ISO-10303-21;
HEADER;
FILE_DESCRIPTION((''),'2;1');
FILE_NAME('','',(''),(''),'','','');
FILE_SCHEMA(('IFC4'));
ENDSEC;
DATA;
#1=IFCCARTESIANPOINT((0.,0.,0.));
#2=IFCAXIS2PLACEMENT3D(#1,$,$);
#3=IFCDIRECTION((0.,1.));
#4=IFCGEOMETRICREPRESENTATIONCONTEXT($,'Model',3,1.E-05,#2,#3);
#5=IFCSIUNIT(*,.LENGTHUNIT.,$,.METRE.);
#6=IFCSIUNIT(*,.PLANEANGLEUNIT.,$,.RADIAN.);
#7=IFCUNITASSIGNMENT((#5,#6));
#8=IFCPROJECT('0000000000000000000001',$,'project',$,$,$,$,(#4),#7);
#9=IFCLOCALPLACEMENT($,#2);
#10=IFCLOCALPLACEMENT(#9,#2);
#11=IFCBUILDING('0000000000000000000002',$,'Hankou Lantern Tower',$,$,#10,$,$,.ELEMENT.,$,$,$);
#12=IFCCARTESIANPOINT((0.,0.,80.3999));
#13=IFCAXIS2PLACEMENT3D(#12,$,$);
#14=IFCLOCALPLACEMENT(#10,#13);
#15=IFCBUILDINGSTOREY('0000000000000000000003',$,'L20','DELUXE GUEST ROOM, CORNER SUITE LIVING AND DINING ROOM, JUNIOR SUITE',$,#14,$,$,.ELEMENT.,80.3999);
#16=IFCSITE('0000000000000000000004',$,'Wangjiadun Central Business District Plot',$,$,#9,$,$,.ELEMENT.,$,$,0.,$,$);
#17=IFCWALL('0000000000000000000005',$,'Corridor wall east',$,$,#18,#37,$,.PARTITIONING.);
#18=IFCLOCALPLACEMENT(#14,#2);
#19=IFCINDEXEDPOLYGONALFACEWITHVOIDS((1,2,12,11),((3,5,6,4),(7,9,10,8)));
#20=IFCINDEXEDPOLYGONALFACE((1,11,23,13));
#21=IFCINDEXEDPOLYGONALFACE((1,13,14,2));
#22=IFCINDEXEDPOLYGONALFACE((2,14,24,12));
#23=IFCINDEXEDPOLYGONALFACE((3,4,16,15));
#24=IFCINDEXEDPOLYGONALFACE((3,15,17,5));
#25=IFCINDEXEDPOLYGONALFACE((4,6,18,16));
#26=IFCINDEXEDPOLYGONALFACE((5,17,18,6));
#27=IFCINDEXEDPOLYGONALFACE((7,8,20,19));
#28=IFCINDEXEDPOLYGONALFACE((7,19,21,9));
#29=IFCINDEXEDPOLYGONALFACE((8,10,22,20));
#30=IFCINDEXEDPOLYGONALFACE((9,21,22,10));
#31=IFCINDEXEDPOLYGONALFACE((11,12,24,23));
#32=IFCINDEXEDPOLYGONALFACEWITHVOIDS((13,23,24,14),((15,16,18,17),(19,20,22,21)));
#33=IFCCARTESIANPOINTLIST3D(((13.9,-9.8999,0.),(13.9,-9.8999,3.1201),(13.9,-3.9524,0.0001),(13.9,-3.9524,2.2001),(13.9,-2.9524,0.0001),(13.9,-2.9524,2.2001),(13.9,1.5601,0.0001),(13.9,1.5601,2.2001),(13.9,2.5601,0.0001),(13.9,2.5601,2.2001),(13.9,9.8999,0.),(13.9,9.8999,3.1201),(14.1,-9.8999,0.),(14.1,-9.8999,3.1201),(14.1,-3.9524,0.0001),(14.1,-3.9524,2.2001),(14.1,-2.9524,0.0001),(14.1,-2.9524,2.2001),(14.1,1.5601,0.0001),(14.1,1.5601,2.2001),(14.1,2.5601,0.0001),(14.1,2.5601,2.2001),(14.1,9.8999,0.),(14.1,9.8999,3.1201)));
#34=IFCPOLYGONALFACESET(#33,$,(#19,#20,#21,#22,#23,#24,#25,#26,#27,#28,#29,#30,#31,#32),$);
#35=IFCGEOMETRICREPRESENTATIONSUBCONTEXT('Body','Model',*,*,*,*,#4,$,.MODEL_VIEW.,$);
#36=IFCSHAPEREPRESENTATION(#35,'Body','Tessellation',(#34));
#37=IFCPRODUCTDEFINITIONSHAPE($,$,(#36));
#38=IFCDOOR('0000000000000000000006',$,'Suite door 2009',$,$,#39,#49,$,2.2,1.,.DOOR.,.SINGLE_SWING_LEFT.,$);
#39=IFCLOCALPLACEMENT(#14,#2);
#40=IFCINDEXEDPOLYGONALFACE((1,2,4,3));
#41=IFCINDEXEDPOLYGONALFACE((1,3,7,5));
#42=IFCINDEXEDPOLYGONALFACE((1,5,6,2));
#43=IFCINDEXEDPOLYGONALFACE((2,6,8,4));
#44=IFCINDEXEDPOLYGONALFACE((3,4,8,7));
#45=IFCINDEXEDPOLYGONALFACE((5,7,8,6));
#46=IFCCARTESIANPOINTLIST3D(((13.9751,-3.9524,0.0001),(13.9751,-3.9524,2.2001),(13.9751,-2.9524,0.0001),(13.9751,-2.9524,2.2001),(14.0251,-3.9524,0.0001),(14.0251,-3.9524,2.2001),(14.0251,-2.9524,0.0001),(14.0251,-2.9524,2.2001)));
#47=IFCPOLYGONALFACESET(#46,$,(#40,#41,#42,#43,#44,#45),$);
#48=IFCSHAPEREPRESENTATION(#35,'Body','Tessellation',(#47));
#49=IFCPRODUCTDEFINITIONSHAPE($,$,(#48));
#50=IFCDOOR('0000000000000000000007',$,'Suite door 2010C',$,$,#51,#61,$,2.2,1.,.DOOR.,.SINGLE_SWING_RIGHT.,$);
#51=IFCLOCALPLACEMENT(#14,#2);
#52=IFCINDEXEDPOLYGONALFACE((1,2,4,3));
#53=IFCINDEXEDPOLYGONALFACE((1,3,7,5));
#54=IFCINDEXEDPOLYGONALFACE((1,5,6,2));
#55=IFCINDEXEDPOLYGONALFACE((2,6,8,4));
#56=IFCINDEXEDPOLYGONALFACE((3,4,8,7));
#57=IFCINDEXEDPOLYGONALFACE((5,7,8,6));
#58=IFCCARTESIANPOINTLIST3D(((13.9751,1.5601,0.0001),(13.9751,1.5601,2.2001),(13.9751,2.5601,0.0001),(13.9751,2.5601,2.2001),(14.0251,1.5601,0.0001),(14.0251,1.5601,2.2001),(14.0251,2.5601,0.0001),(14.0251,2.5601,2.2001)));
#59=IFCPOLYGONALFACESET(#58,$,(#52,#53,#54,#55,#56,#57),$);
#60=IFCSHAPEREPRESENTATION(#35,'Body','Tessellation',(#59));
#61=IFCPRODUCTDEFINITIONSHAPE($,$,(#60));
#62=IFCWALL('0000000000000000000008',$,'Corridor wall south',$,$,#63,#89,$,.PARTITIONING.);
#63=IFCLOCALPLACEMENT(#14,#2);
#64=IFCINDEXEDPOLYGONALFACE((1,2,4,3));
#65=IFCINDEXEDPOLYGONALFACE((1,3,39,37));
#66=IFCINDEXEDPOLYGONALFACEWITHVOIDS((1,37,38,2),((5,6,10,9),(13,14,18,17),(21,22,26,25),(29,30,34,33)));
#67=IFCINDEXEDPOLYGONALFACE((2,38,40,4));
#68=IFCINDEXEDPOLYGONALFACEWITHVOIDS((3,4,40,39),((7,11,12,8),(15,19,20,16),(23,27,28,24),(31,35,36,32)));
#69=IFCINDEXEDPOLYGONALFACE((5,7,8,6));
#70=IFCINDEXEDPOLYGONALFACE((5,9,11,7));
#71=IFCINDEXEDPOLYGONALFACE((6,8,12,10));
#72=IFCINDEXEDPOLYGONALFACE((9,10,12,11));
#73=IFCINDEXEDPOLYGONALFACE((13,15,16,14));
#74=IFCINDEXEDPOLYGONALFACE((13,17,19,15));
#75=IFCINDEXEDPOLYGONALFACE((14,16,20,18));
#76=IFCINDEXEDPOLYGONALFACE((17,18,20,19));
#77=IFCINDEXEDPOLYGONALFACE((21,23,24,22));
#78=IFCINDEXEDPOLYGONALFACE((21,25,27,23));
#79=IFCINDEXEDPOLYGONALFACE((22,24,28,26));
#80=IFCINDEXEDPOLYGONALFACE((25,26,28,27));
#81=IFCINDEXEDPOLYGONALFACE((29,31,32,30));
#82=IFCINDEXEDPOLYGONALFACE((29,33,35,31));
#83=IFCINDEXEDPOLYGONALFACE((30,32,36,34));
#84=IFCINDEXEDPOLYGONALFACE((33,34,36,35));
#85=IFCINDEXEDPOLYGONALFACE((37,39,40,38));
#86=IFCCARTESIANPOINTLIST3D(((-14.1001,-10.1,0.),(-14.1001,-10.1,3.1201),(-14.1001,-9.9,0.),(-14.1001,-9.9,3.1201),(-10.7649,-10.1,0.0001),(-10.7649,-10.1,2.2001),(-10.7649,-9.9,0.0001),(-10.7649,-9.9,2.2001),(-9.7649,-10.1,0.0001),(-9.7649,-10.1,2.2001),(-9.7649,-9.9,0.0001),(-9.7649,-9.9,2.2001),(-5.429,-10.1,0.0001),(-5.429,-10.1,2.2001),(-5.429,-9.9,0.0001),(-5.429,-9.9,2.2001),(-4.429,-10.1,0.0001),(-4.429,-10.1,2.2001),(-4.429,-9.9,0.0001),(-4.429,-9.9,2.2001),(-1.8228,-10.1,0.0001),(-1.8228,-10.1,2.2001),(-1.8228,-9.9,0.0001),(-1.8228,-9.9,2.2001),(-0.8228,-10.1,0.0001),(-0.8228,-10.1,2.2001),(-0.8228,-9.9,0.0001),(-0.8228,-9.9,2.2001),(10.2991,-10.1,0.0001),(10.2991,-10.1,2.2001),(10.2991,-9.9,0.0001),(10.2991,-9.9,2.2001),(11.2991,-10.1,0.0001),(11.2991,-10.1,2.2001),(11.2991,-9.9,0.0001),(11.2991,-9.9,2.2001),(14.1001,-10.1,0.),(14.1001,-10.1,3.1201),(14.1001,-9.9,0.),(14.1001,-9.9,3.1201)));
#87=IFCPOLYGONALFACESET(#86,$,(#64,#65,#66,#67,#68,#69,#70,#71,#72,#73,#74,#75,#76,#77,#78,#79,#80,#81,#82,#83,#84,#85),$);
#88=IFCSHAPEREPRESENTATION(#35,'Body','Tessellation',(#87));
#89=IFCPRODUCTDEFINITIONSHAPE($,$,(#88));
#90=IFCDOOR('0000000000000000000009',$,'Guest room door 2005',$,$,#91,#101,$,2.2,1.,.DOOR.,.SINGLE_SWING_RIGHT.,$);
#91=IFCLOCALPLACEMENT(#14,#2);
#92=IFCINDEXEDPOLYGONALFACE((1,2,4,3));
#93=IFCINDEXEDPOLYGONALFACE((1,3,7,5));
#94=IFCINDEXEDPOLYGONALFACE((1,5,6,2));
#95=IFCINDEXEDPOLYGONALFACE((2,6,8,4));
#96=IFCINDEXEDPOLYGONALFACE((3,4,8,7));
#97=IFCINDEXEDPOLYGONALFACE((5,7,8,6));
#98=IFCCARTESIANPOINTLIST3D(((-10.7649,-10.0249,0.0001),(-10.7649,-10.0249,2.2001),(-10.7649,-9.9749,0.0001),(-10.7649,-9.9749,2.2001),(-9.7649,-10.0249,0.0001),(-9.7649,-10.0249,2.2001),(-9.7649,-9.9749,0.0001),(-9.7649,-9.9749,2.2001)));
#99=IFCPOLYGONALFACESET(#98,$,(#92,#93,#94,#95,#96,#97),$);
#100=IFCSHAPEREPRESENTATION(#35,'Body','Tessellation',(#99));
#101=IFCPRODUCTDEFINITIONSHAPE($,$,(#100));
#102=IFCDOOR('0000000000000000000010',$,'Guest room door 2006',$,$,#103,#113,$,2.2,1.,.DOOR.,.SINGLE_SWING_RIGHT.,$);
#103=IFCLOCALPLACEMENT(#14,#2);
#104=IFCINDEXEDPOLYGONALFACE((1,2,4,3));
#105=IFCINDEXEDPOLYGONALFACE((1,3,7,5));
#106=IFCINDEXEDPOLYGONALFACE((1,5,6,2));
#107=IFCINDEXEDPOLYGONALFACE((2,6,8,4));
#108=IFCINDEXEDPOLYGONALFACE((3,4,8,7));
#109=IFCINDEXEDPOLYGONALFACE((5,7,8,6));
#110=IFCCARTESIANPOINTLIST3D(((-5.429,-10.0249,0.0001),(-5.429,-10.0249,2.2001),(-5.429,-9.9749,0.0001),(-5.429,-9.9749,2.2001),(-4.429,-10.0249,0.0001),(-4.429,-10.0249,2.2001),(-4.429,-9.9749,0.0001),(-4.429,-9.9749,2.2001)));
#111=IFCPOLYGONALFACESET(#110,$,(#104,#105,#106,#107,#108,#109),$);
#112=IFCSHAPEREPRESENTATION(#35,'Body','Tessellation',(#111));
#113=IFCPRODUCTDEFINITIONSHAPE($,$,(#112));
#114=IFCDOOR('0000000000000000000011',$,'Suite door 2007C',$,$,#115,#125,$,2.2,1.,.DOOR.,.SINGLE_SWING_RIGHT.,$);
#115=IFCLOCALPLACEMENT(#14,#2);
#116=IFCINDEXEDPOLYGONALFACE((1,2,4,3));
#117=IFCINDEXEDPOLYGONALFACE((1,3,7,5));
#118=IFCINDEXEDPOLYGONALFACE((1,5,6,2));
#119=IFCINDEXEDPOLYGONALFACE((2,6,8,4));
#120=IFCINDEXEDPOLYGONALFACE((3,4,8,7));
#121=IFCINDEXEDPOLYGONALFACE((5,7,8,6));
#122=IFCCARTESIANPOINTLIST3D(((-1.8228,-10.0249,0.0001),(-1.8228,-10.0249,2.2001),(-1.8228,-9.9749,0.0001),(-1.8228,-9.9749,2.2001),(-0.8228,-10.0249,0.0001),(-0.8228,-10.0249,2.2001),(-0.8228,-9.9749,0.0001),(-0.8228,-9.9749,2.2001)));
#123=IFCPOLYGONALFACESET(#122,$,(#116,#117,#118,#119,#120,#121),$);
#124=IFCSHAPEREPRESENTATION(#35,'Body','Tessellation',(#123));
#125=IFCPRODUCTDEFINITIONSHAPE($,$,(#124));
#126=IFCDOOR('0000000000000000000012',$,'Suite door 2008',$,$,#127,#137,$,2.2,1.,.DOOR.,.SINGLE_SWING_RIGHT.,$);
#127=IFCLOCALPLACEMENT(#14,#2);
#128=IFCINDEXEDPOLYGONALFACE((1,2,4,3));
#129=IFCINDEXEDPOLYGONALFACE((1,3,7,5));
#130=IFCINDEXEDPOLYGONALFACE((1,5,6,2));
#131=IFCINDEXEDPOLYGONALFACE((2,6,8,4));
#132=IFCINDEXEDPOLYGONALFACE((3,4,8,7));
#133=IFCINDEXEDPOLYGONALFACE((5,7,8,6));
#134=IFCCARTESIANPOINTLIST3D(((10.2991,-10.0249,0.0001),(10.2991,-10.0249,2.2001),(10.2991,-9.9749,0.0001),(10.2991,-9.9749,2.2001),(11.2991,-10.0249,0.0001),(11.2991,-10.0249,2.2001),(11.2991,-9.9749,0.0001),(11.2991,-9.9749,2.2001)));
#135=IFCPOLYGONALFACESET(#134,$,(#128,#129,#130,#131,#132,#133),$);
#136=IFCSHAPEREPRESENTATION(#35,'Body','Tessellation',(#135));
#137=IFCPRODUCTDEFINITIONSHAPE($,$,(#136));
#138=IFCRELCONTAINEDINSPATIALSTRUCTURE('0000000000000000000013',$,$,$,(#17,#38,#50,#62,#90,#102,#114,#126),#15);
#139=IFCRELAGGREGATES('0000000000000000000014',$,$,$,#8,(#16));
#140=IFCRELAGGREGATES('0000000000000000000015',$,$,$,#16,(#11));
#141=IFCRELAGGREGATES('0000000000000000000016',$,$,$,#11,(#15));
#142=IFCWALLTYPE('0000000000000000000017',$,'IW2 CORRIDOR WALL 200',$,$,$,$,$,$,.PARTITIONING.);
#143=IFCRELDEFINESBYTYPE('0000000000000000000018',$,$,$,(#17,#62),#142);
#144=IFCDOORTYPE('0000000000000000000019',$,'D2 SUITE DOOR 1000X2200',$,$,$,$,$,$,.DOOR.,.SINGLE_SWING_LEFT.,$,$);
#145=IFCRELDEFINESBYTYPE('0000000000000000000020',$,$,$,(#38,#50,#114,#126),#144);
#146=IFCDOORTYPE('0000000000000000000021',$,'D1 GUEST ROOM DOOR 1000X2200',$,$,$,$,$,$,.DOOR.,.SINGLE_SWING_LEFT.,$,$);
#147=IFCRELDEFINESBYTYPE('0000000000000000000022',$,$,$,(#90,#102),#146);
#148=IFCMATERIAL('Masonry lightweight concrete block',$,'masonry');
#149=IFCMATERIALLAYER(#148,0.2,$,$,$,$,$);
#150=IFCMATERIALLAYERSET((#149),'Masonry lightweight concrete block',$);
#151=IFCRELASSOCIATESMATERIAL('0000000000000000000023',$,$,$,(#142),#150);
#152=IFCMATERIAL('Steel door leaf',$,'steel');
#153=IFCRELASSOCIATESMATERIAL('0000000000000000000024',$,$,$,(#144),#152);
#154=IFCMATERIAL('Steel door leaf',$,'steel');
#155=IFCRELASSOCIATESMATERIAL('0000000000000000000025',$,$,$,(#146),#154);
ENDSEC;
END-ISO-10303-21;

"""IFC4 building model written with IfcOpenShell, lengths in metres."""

from ifc_helpers import new_model, si_unit, direction, frame, frame_2d, origin, place, context, subcontext, project, spatial, rectangle, extrude, material, layer, layer_set, type_object, element, fill, save


model = new_model("IFC4")

# Units and contexts
model_context = context("Model", 3, precision=1e-05, world=origin(), true_north=direction((0.0, 1.0)))
body_context = subcontext(model_context, "Body", "Model", "MODEL_VIEW")
ifc_project = project(units=[si_unit("LENGTHUNIT", "METRE"), si_unit("PLANEANGLEUNIT", "RADIAN")], contexts=[model_context])

# Site, building, storey
site_placement = place(None, origin())
site = spatial("IfcSite", under=ifc_project, at=site_placement, Name="Wangjiadun Central Business District Plot", CompositionType="ELEMENT", RefElevation=0.0)
building_placement = place(site_placement, origin())
building = spatial("IfcBuilding", under=site, at=building_placement, Name="Hankou Lantern Tower", CompositionType="ELEMENT")
storey_placement = place(building_placement, frame((0.0, 0.0, 80.3999)))
storey = spatial("IfcBuildingStorey", under=building, at=storey_placement, Name="L20", Description="DELUXE GUEST ROOM, CORNER SUITE LIVING AND DINING ROOM, JUNIOR SUITE", CompositionType="ELEMENT", Elevation=80.3999)

# Walls, openings, doors
ifc_material_1 = material(Name="Masonry lightweight concrete block", Category="masonry")
ifc_layer_1 = layer(ifc_material_1, 0.2)
ifc_layer_set_1 = layer_set([ifc_layer_1], Name="Masonry lightweight concrete block")
wall_type_1 = type_object("IfcWallType", Name="IW2 CORRIDOR WALL 200", PredefinedType="PARTITIONING", material=ifc_layer_set_1)
wall_1_placement = place(storey_placement, frame((14.0, -9.8999, 0.0), z_axis=(0.0, 0.0, 1.0), x_axis=(0.0, 1.0, 0.0)))
wall_1 = element("IfcWall", 1, at=wall_1_placement, inside=storey, type_object=wall_type_1, Name="Corridor wall east", PredefinedType="PARTITIONING", context=body_context, shape_type="SweptSolid", body=[
    extrude(rectangle(XDim=19.7998, YDim=0.2, at=frame_2d((9.8999, 0.0))), origin(), (0.0, 0.0, 1.0), 3.1201),
])
opening_1_placement = place(wall_1_placement, frame((5.9475, 0.0, 0.0)))
opening_1 = element("IfcOpeningElement", 2, at=opening_1_placement, cuts=wall_1, PredefinedType="OPENING", context=body_context, shape_type="SweptSolid", body=[
    extrude(rectangle(XDim=1.0, YDim=2.2, at=frame_2d((0.5, 1.1001))), frame((0.0, 0.1099, 0.0), z_axis=(0.0, -1.0, 0.0), x_axis=(1.0, 0.0, 0.0)), (0.0, 0.0, 1.0), 0.22),
])
opening_2_placement = place(wall_1_placement, frame((11.46, 0.0, 0.0)))
opening_2 = element("IfcOpeningElement", 3, at=opening_2_placement, cuts=wall_1, PredefinedType="OPENING", context=body_context, shape_type="SweptSolid", body=[
    extrude(rectangle(XDim=1.0, YDim=2.2, at=frame_2d((0.5, 1.1001))), frame((0.0, 0.1099, 0.0), z_axis=(0.0, -1.0, 0.0), x_axis=(1.0, 0.0, 0.0)), (0.0, 0.0, 1.0), 0.22),
])
ifc_material_2 = material(Name="Steel door leaf", Category="steel")
door_type_1 = type_object("IfcDoorType", Name="D2 SUITE DOOR 1000X2200", OperationType="SINGLE_SWING_LEFT", PredefinedType="DOOR", material=ifc_material_2)
door_1_placement = place(opening_1_placement, origin())
door_1 = element("IfcDoor", 4, at=door_1_placement, inside=storey, type_object=door_type_1, Name="Suite door 2009", OperationType="SINGLE_SWING_LEFT", OverallHeight=2.2, OverallWidth=1.0, PredefinedType="DOOR", context=body_context, shape_type="SweptSolid", body=[
    extrude(rectangle(XDim=1.0, YDim=2.2, at=frame_2d((0.5, 1.1001))), frame((0.0, 0.0249, 0.0), z_axis=(0.0, -1.0, 0.0), x_axis=(1.0, 0.0, 0.0)), (0.0, 0.0, 1.0), 0.05),
])
fill(opening_1, door_1)
door_2_placement = place(opening_2_placement, origin())
door_2 = element("IfcDoor", 5, at=door_2_placement, inside=storey, type_object=door_type_1, Name="Suite door 2010C", OperationType="SINGLE_SWING_RIGHT", OverallHeight=2.2, OverallWidth=1.0, PredefinedType="DOOR", context=body_context, shape_type="SweptSolid", body=[
    extrude(rectangle(XDim=1.0, YDim=2.2, at=frame_2d((0.5, 1.1001))), frame((0.0, 0.0249, 0.0), z_axis=(0.0, -1.0, 0.0), x_axis=(1.0, 0.0, 0.0)), (0.0, 0.0, 1.0), 0.05),
])
fill(opening_2, door_2)
wall_2_placement = place(storey_placement, frame((14.1001, -10.0, 0.0), z_axis=(0.0, 0.0, 1.0), x_axis=(-1.0, 0.0, 0.0)))
wall_2 = element("IfcWall", 6, at=wall_2_placement, inside=storey, type_object=wall_type_1, Name="Corridor wall south", PredefinedType="PARTITIONING", context=body_context, shape_type="SweptSolid", body=[
    extrude(rectangle(XDim=28.2002, YDim=0.2, at=frame_2d((14.1001, 0.0))), origin(), (0.0, 0.0, 1.0), 3.1201),
])
opening_3_placement = place(wall_2_placement, frame((23.865, 0.0, 0.0)))
opening_3 = element("IfcOpeningElement", 7, at=opening_3_placement, cuts=wall_2, PredefinedType="OPENING", context=body_context, shape_type="SweptSolid", body=[
    extrude(rectangle(XDim=1.0, YDim=2.2, at=frame_2d((0.5, 1.1001))), frame((0.0, 0.1099, 0.0), z_axis=(0.0, -1.0, 0.0), x_axis=(1.0, 0.0, 0.0)), (0.0, 0.0, 1.0), 0.22),
])
opening_4_placement = place(wall_2_placement, frame((18.5291, 0.0, 0.0)))
opening_4 = element("IfcOpeningElement", 8, at=opening_4_placement, cuts=wall_2, PredefinedType="OPENING", context=body_context, shape_type="SweptSolid", body=[
    extrude(rectangle(XDim=1.0, YDim=2.2, at=frame_2d((0.5, 1.1001))), frame((0.0, 0.1099, 0.0), z_axis=(0.0, -1.0, 0.0), x_axis=(1.0, 0.0, 0.0)), (0.0, 0.0, 1.0), 0.22),
])
opening_5_placement = place(wall_2_placement, frame((14.9229, 0.0, 0.0)))
opening_5 = element("IfcOpeningElement", 9, at=opening_5_placement, cuts=wall_2, PredefinedType="OPENING", context=body_context, shape_type="SweptSolid", body=[
    extrude(rectangle(XDim=1.0, YDim=2.2, at=frame_2d((0.5, 1.1001))), frame((0.0, 0.1099, 0.0), z_axis=(0.0, -1.0, 0.0), x_axis=(1.0, 0.0, 0.0)), (0.0, 0.0, 1.0), 0.22),
])
opening_6_placement = place(wall_2_placement, frame((2.801, 0.0, 0.0)))
opening_6 = element("IfcOpeningElement", 10, at=opening_6_placement, cuts=wall_2, PredefinedType="OPENING", context=body_context, shape_type="SweptSolid", body=[
    extrude(rectangle(XDim=1.0, YDim=2.2, at=frame_2d((0.5, 1.1001))), frame((0.0, 0.1099, 0.0), z_axis=(0.0, -1.0, 0.0), x_axis=(1.0, 0.0, 0.0)), (0.0, 0.0, 1.0), 0.22),
])
ifc_material_3 = material(Name="Steel door leaf", Category="steel")
door_type_2 = type_object("IfcDoorType", Name="D1 GUEST ROOM DOOR 1000X2200", OperationType="SINGLE_SWING_LEFT", PredefinedType="DOOR", material=ifc_material_3)
door_3_placement = place(opening_3_placement, origin())
door_3 = element("IfcDoor", 11, at=door_3_placement, inside=storey, type_object=door_type_2, Name="Guest room door 2005", OperationType="SINGLE_SWING_RIGHT", OverallHeight=2.2, OverallWidth=1.0, PredefinedType="DOOR", context=body_context, shape_type="SweptSolid", body=[
    extrude(rectangle(XDim=1.0, YDim=2.2, at=frame_2d((0.5, 1.1001))), frame((0.0, 0.0249, 0.0), z_axis=(0.0, -1.0, 0.0), x_axis=(1.0, 0.0, 0.0)), (0.0, 0.0, 1.0), 0.05),
])
fill(opening_3, door_3)
door_4_placement = place(opening_4_placement, origin())
door_4 = element("IfcDoor", 12, at=door_4_placement, inside=storey, type_object=door_type_2, Name="Guest room door 2006", OperationType="SINGLE_SWING_RIGHT", OverallHeight=2.2, OverallWidth=1.0, PredefinedType="DOOR", context=body_context, shape_type="SweptSolid", body=[
    extrude(rectangle(XDim=1.0, YDim=2.2, at=frame_2d((0.5, 1.1001))), frame((0.0, 0.0249, 0.0), z_axis=(0.0, -1.0, 0.0), x_axis=(1.0, 0.0, 0.0)), (0.0, 0.0, 1.0), 0.05),
])
fill(opening_4, door_4)
door_5_placement = place(opening_5_placement, origin())
door_5 = element("IfcDoor", 13, at=door_5_placement, inside=storey, type_object=door_type_1, Name="Suite door 2007C", OperationType="SINGLE_SWING_RIGHT", OverallHeight=2.2, OverallWidth=1.0, PredefinedType="DOOR", context=body_context, shape_type="SweptSolid", body=[
    extrude(rectangle(XDim=1.0, YDim=2.2, at=frame_2d((0.5, 1.1001))), frame((0.0, 0.0249, 0.0), z_axis=(0.0, -1.0, 0.0), x_axis=(1.0, 0.0, 0.0)), (0.0, 0.0, 1.0), 0.05),
])
fill(opening_5, door_5)
door_6_placement = place(opening_6_placement, origin())
door_6 = element("IfcDoor", 14, at=door_6_placement, inside=storey, type_object=door_type_1, Name="Suite door 2008", OperationType="SINGLE_SWING_RIGHT", OverallHeight=2.2, OverallWidth=1.0, PredefinedType="DOOR", context=body_context, shape_type="SweptSolid", body=[
    extrude(rectangle(XDim=1.0, YDim=2.2, at=frame_2d((0.5, 1.1001))), frame((0.0, 0.0249, 0.0), z_axis=(0.0, -1.0, 0.0), x_axis=(1.0, 0.0, 0.0)), (0.0, 0.0, 1.0), 0.05),
])
fill(opening_6, door_6)

save(model, "model.ifc")
